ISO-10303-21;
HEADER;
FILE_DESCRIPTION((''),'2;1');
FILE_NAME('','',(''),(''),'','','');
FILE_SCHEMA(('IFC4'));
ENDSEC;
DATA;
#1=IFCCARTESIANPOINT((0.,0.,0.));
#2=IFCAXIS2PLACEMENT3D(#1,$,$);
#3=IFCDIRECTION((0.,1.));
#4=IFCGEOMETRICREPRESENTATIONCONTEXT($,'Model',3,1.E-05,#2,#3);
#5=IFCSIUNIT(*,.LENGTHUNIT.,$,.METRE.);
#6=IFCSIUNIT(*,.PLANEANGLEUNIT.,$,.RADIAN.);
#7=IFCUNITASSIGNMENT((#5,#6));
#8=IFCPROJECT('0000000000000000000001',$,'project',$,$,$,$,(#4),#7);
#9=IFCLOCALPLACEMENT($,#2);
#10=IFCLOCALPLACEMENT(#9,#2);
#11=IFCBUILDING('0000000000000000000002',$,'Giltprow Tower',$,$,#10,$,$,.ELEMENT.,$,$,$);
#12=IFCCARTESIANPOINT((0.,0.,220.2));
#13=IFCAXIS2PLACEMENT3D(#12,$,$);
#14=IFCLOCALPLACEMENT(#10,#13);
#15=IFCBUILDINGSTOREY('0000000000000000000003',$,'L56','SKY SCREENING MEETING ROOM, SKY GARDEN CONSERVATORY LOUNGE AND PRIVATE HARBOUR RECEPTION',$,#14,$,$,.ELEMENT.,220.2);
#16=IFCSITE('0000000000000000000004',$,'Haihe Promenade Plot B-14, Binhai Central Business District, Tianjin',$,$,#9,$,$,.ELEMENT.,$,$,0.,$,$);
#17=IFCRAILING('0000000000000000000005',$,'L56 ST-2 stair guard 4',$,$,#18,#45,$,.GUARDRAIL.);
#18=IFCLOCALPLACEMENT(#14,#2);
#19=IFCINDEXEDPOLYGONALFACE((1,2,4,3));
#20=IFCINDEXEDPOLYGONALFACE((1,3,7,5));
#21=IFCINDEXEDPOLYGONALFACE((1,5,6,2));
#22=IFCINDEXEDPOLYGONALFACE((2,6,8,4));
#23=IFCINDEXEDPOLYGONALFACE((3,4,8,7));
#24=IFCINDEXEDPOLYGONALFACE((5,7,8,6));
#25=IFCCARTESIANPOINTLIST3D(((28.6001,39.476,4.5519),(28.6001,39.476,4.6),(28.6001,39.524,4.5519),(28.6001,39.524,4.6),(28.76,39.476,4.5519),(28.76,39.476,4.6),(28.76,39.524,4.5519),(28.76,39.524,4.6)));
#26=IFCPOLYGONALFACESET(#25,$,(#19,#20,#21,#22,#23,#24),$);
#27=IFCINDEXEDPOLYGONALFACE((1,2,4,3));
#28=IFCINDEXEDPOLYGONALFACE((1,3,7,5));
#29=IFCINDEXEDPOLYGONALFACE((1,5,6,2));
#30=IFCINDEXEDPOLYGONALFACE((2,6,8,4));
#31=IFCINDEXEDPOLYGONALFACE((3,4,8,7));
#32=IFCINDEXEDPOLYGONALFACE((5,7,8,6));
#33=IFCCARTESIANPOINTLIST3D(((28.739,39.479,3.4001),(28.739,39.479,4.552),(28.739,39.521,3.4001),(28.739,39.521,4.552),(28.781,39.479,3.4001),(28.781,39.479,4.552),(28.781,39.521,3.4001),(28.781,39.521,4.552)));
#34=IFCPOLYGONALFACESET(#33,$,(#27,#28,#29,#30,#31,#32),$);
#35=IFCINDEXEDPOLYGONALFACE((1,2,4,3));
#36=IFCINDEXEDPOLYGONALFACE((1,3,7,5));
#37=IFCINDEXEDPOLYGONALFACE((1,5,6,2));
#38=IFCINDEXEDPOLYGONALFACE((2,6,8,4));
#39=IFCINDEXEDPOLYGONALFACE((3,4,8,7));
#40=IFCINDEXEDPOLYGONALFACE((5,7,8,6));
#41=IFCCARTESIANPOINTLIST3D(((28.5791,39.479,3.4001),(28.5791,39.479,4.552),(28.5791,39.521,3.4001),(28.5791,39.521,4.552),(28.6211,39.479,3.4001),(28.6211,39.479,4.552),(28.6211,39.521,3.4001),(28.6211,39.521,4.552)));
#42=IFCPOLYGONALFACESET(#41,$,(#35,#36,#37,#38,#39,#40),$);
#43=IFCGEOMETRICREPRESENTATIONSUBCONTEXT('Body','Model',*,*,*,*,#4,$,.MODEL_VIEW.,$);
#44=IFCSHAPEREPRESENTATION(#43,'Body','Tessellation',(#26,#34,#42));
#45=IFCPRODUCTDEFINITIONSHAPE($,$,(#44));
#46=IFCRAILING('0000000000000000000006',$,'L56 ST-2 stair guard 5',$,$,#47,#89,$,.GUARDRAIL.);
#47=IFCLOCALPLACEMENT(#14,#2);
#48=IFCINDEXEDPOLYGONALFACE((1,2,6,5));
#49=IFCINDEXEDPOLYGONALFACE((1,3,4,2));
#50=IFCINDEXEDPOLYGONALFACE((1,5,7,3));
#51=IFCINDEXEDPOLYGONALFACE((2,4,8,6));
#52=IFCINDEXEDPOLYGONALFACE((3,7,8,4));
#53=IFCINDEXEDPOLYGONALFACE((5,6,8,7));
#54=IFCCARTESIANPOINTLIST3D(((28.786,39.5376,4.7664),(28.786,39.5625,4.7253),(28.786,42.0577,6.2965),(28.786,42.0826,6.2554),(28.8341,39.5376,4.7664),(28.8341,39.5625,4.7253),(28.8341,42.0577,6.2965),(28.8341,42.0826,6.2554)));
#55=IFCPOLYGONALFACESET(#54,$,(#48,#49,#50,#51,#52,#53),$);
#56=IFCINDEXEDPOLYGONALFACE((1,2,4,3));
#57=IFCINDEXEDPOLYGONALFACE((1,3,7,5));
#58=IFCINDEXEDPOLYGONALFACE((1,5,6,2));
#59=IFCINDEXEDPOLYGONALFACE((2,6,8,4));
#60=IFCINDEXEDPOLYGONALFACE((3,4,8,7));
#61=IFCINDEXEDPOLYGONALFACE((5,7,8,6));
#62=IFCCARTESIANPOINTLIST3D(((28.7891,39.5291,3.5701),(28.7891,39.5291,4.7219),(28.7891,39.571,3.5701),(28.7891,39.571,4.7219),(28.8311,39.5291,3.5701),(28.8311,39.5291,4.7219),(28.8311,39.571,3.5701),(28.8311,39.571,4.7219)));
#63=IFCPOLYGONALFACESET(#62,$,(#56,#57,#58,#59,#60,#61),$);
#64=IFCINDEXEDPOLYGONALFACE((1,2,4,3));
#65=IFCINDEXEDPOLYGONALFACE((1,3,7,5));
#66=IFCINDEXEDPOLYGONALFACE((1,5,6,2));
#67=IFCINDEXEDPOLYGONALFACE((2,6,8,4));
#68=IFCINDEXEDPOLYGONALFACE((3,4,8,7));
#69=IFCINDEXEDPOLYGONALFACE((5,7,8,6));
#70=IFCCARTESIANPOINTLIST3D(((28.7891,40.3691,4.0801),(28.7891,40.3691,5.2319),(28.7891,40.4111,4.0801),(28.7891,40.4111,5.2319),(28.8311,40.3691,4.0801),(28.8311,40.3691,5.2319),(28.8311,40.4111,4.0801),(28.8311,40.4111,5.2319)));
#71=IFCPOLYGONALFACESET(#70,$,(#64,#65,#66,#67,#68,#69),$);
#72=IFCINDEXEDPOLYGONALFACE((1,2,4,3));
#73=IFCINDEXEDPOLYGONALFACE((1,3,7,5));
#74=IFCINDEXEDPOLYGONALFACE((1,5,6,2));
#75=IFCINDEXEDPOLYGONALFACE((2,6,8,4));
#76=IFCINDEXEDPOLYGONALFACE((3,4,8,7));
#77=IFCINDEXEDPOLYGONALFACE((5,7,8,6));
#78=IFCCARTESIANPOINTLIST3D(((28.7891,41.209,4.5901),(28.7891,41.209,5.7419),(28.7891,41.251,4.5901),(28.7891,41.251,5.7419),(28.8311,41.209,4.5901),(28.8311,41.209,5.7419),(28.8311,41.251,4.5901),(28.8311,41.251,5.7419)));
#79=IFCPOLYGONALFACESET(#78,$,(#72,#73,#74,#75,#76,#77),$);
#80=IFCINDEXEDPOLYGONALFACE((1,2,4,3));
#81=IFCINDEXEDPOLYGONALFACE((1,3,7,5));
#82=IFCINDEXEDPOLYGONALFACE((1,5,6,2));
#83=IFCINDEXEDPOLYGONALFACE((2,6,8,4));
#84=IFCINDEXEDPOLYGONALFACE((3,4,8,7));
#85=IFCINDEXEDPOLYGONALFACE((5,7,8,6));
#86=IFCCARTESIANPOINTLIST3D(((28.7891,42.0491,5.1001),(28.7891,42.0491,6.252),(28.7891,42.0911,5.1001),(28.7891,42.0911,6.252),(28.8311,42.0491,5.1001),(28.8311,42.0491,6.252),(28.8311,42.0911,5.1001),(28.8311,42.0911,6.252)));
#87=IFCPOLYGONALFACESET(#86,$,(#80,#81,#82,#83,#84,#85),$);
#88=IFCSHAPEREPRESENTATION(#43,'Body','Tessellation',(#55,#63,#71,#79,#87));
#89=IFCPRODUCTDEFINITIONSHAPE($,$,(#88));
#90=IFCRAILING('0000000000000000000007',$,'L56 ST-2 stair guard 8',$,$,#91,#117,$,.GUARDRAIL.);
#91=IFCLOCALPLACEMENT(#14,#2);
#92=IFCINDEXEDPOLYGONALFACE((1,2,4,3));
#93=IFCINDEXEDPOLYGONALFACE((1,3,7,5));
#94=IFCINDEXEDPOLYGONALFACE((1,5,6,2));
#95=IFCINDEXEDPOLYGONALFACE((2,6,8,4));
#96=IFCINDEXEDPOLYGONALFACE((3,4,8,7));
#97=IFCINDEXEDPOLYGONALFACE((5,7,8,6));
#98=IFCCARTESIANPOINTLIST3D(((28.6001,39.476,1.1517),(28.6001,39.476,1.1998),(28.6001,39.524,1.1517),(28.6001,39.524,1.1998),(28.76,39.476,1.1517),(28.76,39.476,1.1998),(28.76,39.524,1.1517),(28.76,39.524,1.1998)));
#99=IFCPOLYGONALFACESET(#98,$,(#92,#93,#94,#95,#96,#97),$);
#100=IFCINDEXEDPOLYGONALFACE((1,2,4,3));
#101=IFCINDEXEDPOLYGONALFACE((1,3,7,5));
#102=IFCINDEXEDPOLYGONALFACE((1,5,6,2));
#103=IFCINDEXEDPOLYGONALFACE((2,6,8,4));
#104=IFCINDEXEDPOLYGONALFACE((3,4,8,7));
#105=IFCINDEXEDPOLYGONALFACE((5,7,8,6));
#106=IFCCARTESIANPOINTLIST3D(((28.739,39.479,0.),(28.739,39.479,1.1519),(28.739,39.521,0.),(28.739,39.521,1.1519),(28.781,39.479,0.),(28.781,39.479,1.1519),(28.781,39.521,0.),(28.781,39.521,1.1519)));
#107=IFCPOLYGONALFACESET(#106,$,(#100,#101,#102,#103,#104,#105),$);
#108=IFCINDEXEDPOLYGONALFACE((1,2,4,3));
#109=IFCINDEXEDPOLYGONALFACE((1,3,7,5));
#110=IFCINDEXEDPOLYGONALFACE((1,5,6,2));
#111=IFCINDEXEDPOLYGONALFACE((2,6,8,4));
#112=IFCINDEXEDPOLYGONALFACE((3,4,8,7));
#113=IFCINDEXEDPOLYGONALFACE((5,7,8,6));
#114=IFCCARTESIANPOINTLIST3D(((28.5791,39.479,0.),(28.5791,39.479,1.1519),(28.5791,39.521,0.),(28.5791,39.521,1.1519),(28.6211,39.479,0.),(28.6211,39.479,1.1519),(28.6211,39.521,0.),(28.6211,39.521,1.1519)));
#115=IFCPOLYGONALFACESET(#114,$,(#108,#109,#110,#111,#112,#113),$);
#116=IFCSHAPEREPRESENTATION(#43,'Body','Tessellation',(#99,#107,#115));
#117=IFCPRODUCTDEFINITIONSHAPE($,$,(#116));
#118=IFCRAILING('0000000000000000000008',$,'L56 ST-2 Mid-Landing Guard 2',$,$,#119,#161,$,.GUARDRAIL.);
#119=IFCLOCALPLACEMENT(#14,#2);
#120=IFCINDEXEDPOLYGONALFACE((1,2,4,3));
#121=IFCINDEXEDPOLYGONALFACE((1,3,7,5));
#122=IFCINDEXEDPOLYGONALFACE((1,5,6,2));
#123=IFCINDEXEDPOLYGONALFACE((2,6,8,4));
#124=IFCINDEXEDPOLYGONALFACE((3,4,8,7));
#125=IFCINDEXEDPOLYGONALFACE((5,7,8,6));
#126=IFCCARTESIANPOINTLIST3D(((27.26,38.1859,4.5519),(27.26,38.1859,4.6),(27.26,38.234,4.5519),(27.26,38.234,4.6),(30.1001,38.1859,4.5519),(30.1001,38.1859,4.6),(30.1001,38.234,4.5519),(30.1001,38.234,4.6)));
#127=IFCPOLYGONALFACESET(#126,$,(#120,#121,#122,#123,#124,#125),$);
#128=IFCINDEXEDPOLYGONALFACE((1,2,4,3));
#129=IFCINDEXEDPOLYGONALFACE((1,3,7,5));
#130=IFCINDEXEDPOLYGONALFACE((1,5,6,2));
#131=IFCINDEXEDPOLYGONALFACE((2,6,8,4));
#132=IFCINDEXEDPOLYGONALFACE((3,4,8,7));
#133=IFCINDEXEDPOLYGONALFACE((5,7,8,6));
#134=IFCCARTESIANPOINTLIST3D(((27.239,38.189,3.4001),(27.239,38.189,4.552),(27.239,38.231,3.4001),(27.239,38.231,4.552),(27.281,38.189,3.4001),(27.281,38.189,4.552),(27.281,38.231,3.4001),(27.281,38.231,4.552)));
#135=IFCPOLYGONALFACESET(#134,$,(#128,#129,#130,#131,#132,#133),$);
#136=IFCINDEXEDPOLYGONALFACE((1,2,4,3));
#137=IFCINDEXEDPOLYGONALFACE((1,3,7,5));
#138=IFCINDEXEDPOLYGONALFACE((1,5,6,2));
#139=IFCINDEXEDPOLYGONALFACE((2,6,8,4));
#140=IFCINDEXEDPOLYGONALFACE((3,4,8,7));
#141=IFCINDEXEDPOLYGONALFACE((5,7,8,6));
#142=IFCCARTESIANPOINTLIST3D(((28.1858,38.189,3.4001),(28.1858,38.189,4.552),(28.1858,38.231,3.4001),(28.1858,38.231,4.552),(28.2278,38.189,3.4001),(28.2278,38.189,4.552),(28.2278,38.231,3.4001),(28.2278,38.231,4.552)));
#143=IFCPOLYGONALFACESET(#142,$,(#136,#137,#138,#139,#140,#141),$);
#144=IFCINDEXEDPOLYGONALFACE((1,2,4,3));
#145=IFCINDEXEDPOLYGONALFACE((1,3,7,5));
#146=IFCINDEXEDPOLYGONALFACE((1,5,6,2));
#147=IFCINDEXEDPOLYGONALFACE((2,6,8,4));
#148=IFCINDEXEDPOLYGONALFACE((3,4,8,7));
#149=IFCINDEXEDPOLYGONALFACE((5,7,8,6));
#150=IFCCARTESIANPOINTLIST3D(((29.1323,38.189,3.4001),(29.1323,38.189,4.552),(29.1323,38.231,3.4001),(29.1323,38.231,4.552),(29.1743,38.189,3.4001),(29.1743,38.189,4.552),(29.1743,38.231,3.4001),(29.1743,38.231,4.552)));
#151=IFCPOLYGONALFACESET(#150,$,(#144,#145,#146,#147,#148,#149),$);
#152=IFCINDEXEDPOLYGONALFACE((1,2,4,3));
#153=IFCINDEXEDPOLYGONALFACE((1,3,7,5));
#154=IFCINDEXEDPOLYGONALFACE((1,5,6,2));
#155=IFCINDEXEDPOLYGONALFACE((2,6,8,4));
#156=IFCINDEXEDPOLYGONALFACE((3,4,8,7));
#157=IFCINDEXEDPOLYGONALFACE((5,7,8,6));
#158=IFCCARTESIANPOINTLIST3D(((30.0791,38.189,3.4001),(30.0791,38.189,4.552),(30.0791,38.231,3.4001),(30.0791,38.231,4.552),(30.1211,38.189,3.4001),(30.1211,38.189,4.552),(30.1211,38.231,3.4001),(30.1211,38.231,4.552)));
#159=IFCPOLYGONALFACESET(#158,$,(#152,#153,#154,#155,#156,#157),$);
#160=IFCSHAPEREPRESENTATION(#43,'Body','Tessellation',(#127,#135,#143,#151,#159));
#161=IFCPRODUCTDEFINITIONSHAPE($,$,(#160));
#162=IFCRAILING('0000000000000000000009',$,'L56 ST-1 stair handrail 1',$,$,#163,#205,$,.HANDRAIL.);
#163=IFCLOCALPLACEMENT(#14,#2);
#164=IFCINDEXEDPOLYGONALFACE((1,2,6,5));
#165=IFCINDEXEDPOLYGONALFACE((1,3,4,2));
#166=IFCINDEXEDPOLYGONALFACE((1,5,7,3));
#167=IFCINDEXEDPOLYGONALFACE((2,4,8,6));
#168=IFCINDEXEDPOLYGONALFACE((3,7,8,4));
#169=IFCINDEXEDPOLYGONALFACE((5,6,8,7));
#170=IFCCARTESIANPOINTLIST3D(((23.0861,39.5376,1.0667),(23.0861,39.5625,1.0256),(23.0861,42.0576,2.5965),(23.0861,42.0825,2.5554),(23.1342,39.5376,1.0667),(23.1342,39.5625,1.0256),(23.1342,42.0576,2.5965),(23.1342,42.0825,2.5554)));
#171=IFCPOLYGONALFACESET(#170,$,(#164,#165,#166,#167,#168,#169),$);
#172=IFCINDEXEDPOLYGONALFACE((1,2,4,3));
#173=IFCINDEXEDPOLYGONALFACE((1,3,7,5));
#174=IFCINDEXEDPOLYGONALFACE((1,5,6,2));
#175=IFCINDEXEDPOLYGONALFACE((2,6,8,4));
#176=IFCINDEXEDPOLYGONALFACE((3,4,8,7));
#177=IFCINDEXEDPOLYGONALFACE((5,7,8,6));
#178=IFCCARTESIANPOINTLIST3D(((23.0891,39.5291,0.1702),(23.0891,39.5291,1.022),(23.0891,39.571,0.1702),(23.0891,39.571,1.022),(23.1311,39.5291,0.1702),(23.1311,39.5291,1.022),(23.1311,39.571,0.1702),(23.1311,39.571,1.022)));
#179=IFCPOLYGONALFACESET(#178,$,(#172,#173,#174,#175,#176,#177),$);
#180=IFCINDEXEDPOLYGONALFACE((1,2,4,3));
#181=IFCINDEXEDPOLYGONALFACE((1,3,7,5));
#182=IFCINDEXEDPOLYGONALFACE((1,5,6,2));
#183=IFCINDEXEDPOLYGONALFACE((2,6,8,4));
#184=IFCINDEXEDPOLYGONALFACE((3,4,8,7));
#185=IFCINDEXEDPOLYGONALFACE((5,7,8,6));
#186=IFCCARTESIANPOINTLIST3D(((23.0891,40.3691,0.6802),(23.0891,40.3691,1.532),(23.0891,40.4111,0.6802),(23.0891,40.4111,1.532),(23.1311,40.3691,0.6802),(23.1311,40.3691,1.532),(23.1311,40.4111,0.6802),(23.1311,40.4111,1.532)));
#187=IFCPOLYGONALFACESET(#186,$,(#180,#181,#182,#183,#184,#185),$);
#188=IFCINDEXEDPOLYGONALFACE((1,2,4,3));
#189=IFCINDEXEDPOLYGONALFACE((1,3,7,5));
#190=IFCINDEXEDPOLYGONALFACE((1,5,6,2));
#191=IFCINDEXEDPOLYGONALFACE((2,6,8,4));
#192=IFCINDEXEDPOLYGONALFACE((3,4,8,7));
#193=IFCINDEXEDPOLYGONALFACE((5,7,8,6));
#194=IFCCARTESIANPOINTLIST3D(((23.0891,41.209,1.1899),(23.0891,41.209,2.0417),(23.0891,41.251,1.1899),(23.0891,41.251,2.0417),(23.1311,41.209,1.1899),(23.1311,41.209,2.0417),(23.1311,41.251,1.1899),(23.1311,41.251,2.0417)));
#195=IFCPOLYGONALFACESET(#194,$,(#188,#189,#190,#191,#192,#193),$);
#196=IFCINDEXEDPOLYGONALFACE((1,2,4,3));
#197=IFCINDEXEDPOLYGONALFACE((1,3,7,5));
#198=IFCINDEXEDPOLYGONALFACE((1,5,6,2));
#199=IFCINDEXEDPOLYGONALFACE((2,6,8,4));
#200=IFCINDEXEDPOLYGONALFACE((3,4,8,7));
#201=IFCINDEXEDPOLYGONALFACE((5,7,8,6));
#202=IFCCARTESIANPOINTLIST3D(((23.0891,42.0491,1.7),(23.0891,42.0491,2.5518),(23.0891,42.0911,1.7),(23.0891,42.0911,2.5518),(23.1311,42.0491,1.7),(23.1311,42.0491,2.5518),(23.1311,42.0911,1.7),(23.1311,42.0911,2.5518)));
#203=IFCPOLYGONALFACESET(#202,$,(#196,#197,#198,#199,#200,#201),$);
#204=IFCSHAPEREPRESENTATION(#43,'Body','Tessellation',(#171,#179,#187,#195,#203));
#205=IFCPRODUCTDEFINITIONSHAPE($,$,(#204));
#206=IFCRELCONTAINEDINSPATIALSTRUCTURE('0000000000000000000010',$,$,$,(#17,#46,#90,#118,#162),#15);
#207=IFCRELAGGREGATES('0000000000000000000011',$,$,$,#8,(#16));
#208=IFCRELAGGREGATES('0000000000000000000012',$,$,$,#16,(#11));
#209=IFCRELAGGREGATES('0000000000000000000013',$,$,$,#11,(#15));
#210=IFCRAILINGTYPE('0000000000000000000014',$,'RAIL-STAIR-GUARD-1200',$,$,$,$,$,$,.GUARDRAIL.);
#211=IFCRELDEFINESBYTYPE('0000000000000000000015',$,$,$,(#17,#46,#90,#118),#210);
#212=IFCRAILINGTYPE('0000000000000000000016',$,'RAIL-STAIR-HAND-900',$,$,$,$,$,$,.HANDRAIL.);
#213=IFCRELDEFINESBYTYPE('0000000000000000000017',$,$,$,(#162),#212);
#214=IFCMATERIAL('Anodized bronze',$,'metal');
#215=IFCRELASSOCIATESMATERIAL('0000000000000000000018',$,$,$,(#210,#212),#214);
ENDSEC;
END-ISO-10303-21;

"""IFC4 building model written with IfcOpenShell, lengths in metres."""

from ifc_helpers import new_model, si_unit, direction, frame, origin, origin_2d, place, context, subcontext, project, spatial, rectangle, extrude, material, type_object, element, save


model = new_model("IFC4")

# Units and contexts
model_context = context("Model", 3, precision=1e-05, world=origin(), true_north=direction((0.0, 1.0)))
body_context = subcontext(model_context, "Body", "Model", "MODEL_VIEW")
ifc_project = project(units=[si_unit("LENGTHUNIT", "METRE"), si_unit("PLANEANGLEUNIT", "RADIAN")], contexts=[model_context])

# Site, building, storey
site_placement = place(None, origin())
site = spatial("IfcSite", under=ifc_project, at=site_placement, Name="Haihe Promenade Plot B-14, Binhai Central Business District, Tianjin", CompositionType="ELEMENT", RefElevation=0.0)
building_placement = place(site_placement, origin())
building = spatial("IfcBuilding", under=site, at=building_placement, Name="Giltprow Tower", CompositionType="ELEMENT")
storey_placement = place(building_placement, frame((0.0, 0.0, 220.2)))
storey = spatial("IfcBuildingStorey", under=building, at=storey_placement, Name="L56", Description="SKY SCREENING MEETING ROOM, SKY GARDEN CONSERVATORY LOUNGE AND PRIVATE HARBOUR RECEPTION", CompositionType="ELEMENT", Elevation=220.2)

# Railings
ifc_material_1 = material(Name="Anodized bronze", Category="metal")
railing_type_1 = type_object("IfcRailingType", Name="RAIL-STAIR-GUARD-1200", PredefinedType="GUARDRAIL", material=ifc_material_1)
railing_1_placement = place(storey_placement, frame((28.76, 39.5, 3.4001)))
element("IfcRailing", 1, at=railing_1_placement, inside=storey, type_object=railing_type_1, Name="L56 ST-2 stair guard 4", PredefinedType="GUARDRAIL", context=body_context, shape_type="SweptSolid", body=[
    extrude(rectangle(XDim=0.0481, YDim=0.0481, at=origin_2d()), frame((0.0, 0.0, 1.1758), z_axis=(-1.0, 0.0, 0.0), x_axis=(0.0, -1.0, 0.0)), (0.0, 0.0, 1.0), 0.1599),
    extrude(rectangle(XDim=0.042, YDim=0.042, at=origin_2d()), origin(), (0.0, 0.0, 1.0), 1.1519),
    extrude(rectangle(XDim=0.042, YDim=0.042, at=origin_2d()), frame((-0.1599, 0.0, 0.0)), (0.0, 0.0, 1.0), 1.1519),
])
railing_2_placement = place(storey_placement, frame((28.8101, 39.55, 3.5701)))
element("IfcRailing", 2, at=railing_2_placement, inside=storey, type_object=railing_type_1, Name="L56 ST-2 stair guard 5", PredefinedType="GUARDRAIL", context=body_context, shape_type="SweptSolid", body=[
    extrude(rectangle(XDim=0.0481, YDim=0.0481, at=origin_2d()), frame((0.0, 0.0, 1.1758), z_axis=(0.0, 0.854785, 0.518982), x_axis=(-1.0, 0.0, 0.0)), (0.0, 0.0, 1.0), 2.9482),
    extrude(rectangle(XDim=0.042, YDim=0.042, at=origin_2d()), origin(), (0.0, 0.0, 1.0), 1.1519),
    extrude(rectangle(XDim=0.042, YDim=0.042, at=origin_2d()), frame((0.0, 0.8401, 0.51)), (0.0, 0.0, 1.0), 1.1519),
    extrude(rectangle(XDim=0.042, YDim=0.042, at=origin_2d()), frame((0.0, 1.6799, 1.02)), (0.0, 0.0, 1.0), 1.1519),
    extrude(rectangle(XDim=0.042, YDim=0.042, at=origin_2d()), frame((0.0, 2.52, 1.53)), (0.0, 0.0, 1.0), 1.1519),
])
railing_3_placement = place(storey_placement, frame((28.76, 39.5, 0.0)))
element("IfcRailing", 3, at=railing_3_placement, inside=storey, type_object=railing_type_1, Name="L56 ST-2 stair guard 8", PredefinedType="GUARDRAIL", context=body_context, shape_type="SweptSolid", body=[
    extrude(rectangle(XDim=0.0481, YDim=0.0481, at=origin_2d()), frame((0.0, 0.0, 1.1758), z_axis=(-1.0, 0.0, 0.0), x_axis=(0.0, -1.0, 0.0)), (0.0, 0.0, 1.0), 0.1599),
    extrude(rectangle(XDim=0.042, YDim=0.042, at=origin_2d()), origin(), (0.0, 0.0, 1.0), 1.1519),
    extrude(rectangle(XDim=0.042, YDim=0.042, at=origin_2d()), frame((-0.1599, 0.0, 0.0)), (0.0, 0.0, 1.0), 1.1519),
])
railing_4_placement = place(storey_placement, frame((27.26, 38.21, 3.4001)))
element("IfcRailing", 4, at=railing_4_placement, inside=storey, type_object=railing_type_1, Name="L56 ST-2 Mid-Landing Guard 2", PredefinedType="GUARDRAIL", context=body_context, shape_type="SweptSolid", body=[
    extrude(rectangle(XDim=0.0481, YDim=0.0481, at=origin_2d()), frame((0.0, 0.0, 1.1758), z_axis=(1.0, 0.0, 0.0), x_axis=(0.0, 1.0, 0.0)), (0.0, 0.0, 1.0), 2.8401),
    extrude(rectangle(XDim=0.042, YDim=0.042, at=origin_2d()), origin(), (0.0, 0.0, 1.0), 1.1519),
    extrude(rectangle(XDim=0.042, YDim=0.042, at=origin_2d()), frame((0.9468, 0.0, 0.0)), (0.0, 0.0, 1.0), 1.1519),
    extrude(rectangle(XDim=0.042, YDim=0.042, at=origin_2d()), frame((1.8933, 0.0, 0.0)), (0.0, 0.0, 1.0), 1.1519),
    extrude(rectangle(XDim=0.042, YDim=0.042, at=origin_2d()), frame((2.8401, 0.0, 0.0)), (0.0, 0.0, 1.0), 1.1519),
])
railing_type_2 = type_object("IfcRailingType", Name="RAIL-STAIR-HAND-900", PredefinedType="HANDRAIL", material=ifc_material_1)
railing_5_placement = place(storey_placement, frame((23.1101, 39.55, 0.1702)))
element("IfcRailing", 5, at=railing_5_placement, inside=storey, type_object=railing_type_2, Name="L56 ST-1 stair handrail 1", PredefinedType="HANDRAIL", context=body_context, shape_type="SweptSolid", body=[
    extrude(rectangle(XDim=0.0481, YDim=0.0481, at=origin_2d()), frame((0.0, 0.0, 0.876), z_axis=(0.0, 0.854822, 0.518922), x_axis=(-1.0, 0.0, 0.0)), (0.0, 0.0, 1.0), 2.948),
    extrude(rectangle(XDim=0.042, YDim=0.042, at=origin_2d()), origin(), (0.0, 0.0, 1.0), 0.8518),
    extrude(rectangle(XDim=0.042, YDim=0.042, at=origin_2d()), frame((0.0, 0.8401, 0.51)), (0.0, 0.0, 1.0), 0.8518),
    extrude(rectangle(XDim=0.042, YDim=0.042, at=origin_2d()), frame((0.0, 1.6799, 1.0198)), (0.0, 0.0, 1.0), 0.8518),
    extrude(rectangle(XDim=0.042, YDim=0.042, at=origin_2d()), frame((0.0, 2.52, 1.5298)), (0.0, 0.0, 1.0), 0.8518),
])

save(model, "model.ifc")
